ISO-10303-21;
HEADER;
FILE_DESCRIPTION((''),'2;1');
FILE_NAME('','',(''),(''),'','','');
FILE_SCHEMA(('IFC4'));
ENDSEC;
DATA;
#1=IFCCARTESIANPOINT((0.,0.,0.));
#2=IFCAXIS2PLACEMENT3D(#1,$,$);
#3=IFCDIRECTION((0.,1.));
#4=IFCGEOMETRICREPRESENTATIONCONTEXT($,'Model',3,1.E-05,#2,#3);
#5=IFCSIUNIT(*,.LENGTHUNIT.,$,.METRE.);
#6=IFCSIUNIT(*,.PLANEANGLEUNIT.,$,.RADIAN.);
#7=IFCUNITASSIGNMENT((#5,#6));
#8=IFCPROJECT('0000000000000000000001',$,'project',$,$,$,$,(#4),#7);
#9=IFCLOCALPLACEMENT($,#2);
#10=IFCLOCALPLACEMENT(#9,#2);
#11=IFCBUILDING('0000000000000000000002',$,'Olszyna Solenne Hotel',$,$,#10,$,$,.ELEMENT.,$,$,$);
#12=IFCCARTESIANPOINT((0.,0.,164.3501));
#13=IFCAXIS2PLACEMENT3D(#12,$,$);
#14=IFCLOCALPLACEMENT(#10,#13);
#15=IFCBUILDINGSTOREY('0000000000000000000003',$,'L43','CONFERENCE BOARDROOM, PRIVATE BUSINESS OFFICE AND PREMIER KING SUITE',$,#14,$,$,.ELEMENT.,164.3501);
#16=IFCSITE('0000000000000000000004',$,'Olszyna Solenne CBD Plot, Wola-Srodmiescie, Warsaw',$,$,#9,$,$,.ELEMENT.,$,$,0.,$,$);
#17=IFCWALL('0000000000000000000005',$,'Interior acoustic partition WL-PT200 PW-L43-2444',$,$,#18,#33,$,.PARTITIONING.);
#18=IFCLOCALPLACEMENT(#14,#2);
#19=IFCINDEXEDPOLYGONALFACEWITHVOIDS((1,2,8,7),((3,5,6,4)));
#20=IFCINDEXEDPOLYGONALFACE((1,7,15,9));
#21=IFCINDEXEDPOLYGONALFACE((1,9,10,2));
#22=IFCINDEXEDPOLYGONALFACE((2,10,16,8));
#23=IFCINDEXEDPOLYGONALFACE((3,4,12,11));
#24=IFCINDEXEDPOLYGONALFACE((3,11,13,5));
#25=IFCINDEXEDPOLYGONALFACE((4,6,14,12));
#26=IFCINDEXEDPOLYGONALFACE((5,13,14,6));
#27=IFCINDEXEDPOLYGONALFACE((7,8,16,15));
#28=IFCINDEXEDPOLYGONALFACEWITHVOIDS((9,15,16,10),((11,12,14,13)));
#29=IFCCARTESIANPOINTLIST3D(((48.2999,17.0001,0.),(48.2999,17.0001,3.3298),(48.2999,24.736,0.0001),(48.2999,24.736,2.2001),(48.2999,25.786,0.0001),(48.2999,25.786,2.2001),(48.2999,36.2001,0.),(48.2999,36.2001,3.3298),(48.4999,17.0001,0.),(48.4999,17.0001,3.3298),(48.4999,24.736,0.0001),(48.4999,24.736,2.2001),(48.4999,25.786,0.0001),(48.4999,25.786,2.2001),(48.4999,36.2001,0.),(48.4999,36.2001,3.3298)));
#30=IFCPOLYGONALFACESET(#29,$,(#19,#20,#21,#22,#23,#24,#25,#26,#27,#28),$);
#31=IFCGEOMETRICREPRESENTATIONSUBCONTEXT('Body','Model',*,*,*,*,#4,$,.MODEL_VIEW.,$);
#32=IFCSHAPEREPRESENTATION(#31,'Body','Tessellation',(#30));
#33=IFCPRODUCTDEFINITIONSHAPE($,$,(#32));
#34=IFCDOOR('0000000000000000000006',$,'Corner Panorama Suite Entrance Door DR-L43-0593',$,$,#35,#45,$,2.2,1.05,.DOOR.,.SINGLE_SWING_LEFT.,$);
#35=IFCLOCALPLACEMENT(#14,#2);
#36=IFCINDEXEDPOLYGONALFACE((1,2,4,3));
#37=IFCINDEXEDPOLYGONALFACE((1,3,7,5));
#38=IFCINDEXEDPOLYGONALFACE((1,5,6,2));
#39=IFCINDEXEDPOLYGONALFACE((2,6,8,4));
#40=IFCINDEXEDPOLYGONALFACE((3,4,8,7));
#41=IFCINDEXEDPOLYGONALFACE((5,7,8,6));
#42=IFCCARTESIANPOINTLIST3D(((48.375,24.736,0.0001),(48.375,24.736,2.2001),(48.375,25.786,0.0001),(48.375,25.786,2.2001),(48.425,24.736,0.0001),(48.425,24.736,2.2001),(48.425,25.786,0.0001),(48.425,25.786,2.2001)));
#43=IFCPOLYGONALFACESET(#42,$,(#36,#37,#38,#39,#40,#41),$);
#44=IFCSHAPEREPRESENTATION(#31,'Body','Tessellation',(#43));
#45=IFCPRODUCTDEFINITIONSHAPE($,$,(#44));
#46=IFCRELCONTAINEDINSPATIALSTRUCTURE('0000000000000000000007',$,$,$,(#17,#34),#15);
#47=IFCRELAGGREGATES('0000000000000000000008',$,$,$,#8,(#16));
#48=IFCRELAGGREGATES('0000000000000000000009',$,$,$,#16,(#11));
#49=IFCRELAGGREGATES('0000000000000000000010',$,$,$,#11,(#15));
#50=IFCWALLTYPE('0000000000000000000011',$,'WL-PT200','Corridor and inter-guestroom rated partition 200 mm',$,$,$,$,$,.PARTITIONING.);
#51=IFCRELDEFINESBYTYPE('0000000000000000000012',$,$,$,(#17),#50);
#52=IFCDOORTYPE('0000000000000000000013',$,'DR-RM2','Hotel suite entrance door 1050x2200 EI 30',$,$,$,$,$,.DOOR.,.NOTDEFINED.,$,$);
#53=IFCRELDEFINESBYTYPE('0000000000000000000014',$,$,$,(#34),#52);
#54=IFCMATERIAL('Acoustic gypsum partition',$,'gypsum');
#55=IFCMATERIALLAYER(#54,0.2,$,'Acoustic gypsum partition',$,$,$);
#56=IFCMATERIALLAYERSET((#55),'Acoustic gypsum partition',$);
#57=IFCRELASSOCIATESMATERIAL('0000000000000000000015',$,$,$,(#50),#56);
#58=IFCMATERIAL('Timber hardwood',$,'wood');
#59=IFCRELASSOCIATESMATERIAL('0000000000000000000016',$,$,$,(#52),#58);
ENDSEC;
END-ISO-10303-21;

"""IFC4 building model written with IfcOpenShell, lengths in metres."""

from ifc_helpers import new_model, si_unit, direction, frame, frame_2d, origin, place, context, subcontext, project, spatial, rectangle, extrude, source, transform, mapped, material, layer, layer_set, type_object, type_shapes, element, fill, save


model = new_model("IFC4")

# Units and contexts
model_context = context("Model", 3, precision=1e-05, world=origin(), true_north=direction((0.0, 1.0)))
body_context = subcontext(model_context, "Body", "Model", "MODEL_VIEW")
ifc_project = project(units=[si_unit("LENGTHUNIT", "METRE"), si_unit("PLANEANGLEUNIT", "RADIAN")], contexts=[model_context])

# Site, building, storey
site_placement = place(None, origin())
site = spatial("IfcSite", under=ifc_project, at=site_placement, Name="Olszyna Solenne CBD Plot, Wola-Srodmiescie, Warsaw", CompositionType="ELEMENT", RefElevation=0.0)
building_placement = place(site_placement, origin())
building = spatial("IfcBuilding", under=site, at=building_placement, Name="Olszyna Solenne Hotel", CompositionType="ELEMENT")
storey_placement = place(building_placement, frame((0.0, 0.0, 164.3501)))
storey = spatial("IfcBuildingStorey", under=building, at=storey_placement, Name="L43", Description="CONFERENCE BOARDROOM, PRIVATE BUSINESS OFFICE AND PREMIER KING SUITE", CompositionType="ELEMENT", Elevation=164.3501)

# Shared definitions
ifc_material_1 = material(Name="Acoustic gypsum partition", Category="gypsum")

# Shared definitions
ifc_layer_1 = layer(ifc_material_1, 0.2, Name="Acoustic gypsum partition")
ifc_layer_set_1 = layer_set([ifc_layer_1], Name="Acoustic gypsum partition")
wall_type_1 = type_object("IfcWallType", Name="WL-PT200", Description="Corridor and inter-guestroom rated partition 200 mm", PredefinedType="PARTITIONING", material=ifc_layer_set_1)

# Wall, opening, door
wall_1_placement = place(storey_placement, frame((48.3999, 17.0, 0.0), z_axis=(0.0, 0.0, 1.0), x_axis=(0.0, 1.0, 0.0)))
wall_1 = element("IfcWall", 1, at=wall_1_placement, inside=storey, type_object=wall_type_1, Name="Interior acoustic partition WL-PT200 PW-L43-2444", PredefinedType="PARTITIONING", context=body_context, shape_type="SweptSolid", body=[
    extrude(rectangle(XDim=19.2, YDim=0.2, at=frame_2d((9.6001, 0.0))), origin(), (0.0, 0.0, 1.0), 3.3298),
])
opening_1_placement = place(wall_1_placement, frame((7.7361, 0.0, 0.0)))
opening_1 = element("IfcOpeningElement", 2, at=opening_1_placement, cuts=wall_1, PredefinedType="OPENING", context=body_context, shape_type="SweptSolid", body=[
    extrude(rectangle(XDim=1.05, YDim=2.2, at=frame_2d((0.5249, 1.1001))), frame((0.0, 0.1099, 0.0), z_axis=(0.0, -1.0, 0.0), x_axis=(1.0, 0.0, 0.0)), (0.0, 0.0, 1.0), 0.22),
])
ifc_material_2 = material(Name="Timber hardwood", Category="wood")
door_type_1 = type_object("IfcDoorType", Name="DR-RM2", Description="Hotel suite entrance door 1050x2200 EI 30", OperationType="NOTDEFINED", PredefinedType="DOOR", material=ifc_material_2)
shared_shape_1 = source(origin(), body_context, "Body", "SweptSolid", [
    extrude(rectangle(XDim=1.05, YDim=2.2, at=frame_2d((0.5249, 1.1001))), frame((0.0, 0.0249, 0.0), z_axis=(0.0, -1.0, 0.0), x_axis=(1.0, 0.0, 0.0)), (0.0, 0.0, 1.0), 0.05),
])
type_shapes(door_type_1, [shared_shape_1])
door_1_placement = place(opening_1_placement, origin())
door_1 = element("IfcDoor", 3, at=door_1_placement, inside=storey, type_object=door_type_1, Name="Corner Panorama Suite Entrance Door DR-L43-0593", OperationType="SINGLE_SWING_LEFT", OverallHeight=2.2, OverallWidth=1.05, PredefinedType="DOOR", context=body_context, shape_type="MappedRepresentation", body=[
    mapped(shared_shape_1, transform((0.0, 0.0, 0.0), x_axis=(1.0, 0.0, 0.0), y_axis=(0.0, 1.0, 0.0), z_axis=(0.0, 0.0, 1.0), scale=1.0)),
])
fill(opening_1, door_1)

save(model, "model.ifc")
